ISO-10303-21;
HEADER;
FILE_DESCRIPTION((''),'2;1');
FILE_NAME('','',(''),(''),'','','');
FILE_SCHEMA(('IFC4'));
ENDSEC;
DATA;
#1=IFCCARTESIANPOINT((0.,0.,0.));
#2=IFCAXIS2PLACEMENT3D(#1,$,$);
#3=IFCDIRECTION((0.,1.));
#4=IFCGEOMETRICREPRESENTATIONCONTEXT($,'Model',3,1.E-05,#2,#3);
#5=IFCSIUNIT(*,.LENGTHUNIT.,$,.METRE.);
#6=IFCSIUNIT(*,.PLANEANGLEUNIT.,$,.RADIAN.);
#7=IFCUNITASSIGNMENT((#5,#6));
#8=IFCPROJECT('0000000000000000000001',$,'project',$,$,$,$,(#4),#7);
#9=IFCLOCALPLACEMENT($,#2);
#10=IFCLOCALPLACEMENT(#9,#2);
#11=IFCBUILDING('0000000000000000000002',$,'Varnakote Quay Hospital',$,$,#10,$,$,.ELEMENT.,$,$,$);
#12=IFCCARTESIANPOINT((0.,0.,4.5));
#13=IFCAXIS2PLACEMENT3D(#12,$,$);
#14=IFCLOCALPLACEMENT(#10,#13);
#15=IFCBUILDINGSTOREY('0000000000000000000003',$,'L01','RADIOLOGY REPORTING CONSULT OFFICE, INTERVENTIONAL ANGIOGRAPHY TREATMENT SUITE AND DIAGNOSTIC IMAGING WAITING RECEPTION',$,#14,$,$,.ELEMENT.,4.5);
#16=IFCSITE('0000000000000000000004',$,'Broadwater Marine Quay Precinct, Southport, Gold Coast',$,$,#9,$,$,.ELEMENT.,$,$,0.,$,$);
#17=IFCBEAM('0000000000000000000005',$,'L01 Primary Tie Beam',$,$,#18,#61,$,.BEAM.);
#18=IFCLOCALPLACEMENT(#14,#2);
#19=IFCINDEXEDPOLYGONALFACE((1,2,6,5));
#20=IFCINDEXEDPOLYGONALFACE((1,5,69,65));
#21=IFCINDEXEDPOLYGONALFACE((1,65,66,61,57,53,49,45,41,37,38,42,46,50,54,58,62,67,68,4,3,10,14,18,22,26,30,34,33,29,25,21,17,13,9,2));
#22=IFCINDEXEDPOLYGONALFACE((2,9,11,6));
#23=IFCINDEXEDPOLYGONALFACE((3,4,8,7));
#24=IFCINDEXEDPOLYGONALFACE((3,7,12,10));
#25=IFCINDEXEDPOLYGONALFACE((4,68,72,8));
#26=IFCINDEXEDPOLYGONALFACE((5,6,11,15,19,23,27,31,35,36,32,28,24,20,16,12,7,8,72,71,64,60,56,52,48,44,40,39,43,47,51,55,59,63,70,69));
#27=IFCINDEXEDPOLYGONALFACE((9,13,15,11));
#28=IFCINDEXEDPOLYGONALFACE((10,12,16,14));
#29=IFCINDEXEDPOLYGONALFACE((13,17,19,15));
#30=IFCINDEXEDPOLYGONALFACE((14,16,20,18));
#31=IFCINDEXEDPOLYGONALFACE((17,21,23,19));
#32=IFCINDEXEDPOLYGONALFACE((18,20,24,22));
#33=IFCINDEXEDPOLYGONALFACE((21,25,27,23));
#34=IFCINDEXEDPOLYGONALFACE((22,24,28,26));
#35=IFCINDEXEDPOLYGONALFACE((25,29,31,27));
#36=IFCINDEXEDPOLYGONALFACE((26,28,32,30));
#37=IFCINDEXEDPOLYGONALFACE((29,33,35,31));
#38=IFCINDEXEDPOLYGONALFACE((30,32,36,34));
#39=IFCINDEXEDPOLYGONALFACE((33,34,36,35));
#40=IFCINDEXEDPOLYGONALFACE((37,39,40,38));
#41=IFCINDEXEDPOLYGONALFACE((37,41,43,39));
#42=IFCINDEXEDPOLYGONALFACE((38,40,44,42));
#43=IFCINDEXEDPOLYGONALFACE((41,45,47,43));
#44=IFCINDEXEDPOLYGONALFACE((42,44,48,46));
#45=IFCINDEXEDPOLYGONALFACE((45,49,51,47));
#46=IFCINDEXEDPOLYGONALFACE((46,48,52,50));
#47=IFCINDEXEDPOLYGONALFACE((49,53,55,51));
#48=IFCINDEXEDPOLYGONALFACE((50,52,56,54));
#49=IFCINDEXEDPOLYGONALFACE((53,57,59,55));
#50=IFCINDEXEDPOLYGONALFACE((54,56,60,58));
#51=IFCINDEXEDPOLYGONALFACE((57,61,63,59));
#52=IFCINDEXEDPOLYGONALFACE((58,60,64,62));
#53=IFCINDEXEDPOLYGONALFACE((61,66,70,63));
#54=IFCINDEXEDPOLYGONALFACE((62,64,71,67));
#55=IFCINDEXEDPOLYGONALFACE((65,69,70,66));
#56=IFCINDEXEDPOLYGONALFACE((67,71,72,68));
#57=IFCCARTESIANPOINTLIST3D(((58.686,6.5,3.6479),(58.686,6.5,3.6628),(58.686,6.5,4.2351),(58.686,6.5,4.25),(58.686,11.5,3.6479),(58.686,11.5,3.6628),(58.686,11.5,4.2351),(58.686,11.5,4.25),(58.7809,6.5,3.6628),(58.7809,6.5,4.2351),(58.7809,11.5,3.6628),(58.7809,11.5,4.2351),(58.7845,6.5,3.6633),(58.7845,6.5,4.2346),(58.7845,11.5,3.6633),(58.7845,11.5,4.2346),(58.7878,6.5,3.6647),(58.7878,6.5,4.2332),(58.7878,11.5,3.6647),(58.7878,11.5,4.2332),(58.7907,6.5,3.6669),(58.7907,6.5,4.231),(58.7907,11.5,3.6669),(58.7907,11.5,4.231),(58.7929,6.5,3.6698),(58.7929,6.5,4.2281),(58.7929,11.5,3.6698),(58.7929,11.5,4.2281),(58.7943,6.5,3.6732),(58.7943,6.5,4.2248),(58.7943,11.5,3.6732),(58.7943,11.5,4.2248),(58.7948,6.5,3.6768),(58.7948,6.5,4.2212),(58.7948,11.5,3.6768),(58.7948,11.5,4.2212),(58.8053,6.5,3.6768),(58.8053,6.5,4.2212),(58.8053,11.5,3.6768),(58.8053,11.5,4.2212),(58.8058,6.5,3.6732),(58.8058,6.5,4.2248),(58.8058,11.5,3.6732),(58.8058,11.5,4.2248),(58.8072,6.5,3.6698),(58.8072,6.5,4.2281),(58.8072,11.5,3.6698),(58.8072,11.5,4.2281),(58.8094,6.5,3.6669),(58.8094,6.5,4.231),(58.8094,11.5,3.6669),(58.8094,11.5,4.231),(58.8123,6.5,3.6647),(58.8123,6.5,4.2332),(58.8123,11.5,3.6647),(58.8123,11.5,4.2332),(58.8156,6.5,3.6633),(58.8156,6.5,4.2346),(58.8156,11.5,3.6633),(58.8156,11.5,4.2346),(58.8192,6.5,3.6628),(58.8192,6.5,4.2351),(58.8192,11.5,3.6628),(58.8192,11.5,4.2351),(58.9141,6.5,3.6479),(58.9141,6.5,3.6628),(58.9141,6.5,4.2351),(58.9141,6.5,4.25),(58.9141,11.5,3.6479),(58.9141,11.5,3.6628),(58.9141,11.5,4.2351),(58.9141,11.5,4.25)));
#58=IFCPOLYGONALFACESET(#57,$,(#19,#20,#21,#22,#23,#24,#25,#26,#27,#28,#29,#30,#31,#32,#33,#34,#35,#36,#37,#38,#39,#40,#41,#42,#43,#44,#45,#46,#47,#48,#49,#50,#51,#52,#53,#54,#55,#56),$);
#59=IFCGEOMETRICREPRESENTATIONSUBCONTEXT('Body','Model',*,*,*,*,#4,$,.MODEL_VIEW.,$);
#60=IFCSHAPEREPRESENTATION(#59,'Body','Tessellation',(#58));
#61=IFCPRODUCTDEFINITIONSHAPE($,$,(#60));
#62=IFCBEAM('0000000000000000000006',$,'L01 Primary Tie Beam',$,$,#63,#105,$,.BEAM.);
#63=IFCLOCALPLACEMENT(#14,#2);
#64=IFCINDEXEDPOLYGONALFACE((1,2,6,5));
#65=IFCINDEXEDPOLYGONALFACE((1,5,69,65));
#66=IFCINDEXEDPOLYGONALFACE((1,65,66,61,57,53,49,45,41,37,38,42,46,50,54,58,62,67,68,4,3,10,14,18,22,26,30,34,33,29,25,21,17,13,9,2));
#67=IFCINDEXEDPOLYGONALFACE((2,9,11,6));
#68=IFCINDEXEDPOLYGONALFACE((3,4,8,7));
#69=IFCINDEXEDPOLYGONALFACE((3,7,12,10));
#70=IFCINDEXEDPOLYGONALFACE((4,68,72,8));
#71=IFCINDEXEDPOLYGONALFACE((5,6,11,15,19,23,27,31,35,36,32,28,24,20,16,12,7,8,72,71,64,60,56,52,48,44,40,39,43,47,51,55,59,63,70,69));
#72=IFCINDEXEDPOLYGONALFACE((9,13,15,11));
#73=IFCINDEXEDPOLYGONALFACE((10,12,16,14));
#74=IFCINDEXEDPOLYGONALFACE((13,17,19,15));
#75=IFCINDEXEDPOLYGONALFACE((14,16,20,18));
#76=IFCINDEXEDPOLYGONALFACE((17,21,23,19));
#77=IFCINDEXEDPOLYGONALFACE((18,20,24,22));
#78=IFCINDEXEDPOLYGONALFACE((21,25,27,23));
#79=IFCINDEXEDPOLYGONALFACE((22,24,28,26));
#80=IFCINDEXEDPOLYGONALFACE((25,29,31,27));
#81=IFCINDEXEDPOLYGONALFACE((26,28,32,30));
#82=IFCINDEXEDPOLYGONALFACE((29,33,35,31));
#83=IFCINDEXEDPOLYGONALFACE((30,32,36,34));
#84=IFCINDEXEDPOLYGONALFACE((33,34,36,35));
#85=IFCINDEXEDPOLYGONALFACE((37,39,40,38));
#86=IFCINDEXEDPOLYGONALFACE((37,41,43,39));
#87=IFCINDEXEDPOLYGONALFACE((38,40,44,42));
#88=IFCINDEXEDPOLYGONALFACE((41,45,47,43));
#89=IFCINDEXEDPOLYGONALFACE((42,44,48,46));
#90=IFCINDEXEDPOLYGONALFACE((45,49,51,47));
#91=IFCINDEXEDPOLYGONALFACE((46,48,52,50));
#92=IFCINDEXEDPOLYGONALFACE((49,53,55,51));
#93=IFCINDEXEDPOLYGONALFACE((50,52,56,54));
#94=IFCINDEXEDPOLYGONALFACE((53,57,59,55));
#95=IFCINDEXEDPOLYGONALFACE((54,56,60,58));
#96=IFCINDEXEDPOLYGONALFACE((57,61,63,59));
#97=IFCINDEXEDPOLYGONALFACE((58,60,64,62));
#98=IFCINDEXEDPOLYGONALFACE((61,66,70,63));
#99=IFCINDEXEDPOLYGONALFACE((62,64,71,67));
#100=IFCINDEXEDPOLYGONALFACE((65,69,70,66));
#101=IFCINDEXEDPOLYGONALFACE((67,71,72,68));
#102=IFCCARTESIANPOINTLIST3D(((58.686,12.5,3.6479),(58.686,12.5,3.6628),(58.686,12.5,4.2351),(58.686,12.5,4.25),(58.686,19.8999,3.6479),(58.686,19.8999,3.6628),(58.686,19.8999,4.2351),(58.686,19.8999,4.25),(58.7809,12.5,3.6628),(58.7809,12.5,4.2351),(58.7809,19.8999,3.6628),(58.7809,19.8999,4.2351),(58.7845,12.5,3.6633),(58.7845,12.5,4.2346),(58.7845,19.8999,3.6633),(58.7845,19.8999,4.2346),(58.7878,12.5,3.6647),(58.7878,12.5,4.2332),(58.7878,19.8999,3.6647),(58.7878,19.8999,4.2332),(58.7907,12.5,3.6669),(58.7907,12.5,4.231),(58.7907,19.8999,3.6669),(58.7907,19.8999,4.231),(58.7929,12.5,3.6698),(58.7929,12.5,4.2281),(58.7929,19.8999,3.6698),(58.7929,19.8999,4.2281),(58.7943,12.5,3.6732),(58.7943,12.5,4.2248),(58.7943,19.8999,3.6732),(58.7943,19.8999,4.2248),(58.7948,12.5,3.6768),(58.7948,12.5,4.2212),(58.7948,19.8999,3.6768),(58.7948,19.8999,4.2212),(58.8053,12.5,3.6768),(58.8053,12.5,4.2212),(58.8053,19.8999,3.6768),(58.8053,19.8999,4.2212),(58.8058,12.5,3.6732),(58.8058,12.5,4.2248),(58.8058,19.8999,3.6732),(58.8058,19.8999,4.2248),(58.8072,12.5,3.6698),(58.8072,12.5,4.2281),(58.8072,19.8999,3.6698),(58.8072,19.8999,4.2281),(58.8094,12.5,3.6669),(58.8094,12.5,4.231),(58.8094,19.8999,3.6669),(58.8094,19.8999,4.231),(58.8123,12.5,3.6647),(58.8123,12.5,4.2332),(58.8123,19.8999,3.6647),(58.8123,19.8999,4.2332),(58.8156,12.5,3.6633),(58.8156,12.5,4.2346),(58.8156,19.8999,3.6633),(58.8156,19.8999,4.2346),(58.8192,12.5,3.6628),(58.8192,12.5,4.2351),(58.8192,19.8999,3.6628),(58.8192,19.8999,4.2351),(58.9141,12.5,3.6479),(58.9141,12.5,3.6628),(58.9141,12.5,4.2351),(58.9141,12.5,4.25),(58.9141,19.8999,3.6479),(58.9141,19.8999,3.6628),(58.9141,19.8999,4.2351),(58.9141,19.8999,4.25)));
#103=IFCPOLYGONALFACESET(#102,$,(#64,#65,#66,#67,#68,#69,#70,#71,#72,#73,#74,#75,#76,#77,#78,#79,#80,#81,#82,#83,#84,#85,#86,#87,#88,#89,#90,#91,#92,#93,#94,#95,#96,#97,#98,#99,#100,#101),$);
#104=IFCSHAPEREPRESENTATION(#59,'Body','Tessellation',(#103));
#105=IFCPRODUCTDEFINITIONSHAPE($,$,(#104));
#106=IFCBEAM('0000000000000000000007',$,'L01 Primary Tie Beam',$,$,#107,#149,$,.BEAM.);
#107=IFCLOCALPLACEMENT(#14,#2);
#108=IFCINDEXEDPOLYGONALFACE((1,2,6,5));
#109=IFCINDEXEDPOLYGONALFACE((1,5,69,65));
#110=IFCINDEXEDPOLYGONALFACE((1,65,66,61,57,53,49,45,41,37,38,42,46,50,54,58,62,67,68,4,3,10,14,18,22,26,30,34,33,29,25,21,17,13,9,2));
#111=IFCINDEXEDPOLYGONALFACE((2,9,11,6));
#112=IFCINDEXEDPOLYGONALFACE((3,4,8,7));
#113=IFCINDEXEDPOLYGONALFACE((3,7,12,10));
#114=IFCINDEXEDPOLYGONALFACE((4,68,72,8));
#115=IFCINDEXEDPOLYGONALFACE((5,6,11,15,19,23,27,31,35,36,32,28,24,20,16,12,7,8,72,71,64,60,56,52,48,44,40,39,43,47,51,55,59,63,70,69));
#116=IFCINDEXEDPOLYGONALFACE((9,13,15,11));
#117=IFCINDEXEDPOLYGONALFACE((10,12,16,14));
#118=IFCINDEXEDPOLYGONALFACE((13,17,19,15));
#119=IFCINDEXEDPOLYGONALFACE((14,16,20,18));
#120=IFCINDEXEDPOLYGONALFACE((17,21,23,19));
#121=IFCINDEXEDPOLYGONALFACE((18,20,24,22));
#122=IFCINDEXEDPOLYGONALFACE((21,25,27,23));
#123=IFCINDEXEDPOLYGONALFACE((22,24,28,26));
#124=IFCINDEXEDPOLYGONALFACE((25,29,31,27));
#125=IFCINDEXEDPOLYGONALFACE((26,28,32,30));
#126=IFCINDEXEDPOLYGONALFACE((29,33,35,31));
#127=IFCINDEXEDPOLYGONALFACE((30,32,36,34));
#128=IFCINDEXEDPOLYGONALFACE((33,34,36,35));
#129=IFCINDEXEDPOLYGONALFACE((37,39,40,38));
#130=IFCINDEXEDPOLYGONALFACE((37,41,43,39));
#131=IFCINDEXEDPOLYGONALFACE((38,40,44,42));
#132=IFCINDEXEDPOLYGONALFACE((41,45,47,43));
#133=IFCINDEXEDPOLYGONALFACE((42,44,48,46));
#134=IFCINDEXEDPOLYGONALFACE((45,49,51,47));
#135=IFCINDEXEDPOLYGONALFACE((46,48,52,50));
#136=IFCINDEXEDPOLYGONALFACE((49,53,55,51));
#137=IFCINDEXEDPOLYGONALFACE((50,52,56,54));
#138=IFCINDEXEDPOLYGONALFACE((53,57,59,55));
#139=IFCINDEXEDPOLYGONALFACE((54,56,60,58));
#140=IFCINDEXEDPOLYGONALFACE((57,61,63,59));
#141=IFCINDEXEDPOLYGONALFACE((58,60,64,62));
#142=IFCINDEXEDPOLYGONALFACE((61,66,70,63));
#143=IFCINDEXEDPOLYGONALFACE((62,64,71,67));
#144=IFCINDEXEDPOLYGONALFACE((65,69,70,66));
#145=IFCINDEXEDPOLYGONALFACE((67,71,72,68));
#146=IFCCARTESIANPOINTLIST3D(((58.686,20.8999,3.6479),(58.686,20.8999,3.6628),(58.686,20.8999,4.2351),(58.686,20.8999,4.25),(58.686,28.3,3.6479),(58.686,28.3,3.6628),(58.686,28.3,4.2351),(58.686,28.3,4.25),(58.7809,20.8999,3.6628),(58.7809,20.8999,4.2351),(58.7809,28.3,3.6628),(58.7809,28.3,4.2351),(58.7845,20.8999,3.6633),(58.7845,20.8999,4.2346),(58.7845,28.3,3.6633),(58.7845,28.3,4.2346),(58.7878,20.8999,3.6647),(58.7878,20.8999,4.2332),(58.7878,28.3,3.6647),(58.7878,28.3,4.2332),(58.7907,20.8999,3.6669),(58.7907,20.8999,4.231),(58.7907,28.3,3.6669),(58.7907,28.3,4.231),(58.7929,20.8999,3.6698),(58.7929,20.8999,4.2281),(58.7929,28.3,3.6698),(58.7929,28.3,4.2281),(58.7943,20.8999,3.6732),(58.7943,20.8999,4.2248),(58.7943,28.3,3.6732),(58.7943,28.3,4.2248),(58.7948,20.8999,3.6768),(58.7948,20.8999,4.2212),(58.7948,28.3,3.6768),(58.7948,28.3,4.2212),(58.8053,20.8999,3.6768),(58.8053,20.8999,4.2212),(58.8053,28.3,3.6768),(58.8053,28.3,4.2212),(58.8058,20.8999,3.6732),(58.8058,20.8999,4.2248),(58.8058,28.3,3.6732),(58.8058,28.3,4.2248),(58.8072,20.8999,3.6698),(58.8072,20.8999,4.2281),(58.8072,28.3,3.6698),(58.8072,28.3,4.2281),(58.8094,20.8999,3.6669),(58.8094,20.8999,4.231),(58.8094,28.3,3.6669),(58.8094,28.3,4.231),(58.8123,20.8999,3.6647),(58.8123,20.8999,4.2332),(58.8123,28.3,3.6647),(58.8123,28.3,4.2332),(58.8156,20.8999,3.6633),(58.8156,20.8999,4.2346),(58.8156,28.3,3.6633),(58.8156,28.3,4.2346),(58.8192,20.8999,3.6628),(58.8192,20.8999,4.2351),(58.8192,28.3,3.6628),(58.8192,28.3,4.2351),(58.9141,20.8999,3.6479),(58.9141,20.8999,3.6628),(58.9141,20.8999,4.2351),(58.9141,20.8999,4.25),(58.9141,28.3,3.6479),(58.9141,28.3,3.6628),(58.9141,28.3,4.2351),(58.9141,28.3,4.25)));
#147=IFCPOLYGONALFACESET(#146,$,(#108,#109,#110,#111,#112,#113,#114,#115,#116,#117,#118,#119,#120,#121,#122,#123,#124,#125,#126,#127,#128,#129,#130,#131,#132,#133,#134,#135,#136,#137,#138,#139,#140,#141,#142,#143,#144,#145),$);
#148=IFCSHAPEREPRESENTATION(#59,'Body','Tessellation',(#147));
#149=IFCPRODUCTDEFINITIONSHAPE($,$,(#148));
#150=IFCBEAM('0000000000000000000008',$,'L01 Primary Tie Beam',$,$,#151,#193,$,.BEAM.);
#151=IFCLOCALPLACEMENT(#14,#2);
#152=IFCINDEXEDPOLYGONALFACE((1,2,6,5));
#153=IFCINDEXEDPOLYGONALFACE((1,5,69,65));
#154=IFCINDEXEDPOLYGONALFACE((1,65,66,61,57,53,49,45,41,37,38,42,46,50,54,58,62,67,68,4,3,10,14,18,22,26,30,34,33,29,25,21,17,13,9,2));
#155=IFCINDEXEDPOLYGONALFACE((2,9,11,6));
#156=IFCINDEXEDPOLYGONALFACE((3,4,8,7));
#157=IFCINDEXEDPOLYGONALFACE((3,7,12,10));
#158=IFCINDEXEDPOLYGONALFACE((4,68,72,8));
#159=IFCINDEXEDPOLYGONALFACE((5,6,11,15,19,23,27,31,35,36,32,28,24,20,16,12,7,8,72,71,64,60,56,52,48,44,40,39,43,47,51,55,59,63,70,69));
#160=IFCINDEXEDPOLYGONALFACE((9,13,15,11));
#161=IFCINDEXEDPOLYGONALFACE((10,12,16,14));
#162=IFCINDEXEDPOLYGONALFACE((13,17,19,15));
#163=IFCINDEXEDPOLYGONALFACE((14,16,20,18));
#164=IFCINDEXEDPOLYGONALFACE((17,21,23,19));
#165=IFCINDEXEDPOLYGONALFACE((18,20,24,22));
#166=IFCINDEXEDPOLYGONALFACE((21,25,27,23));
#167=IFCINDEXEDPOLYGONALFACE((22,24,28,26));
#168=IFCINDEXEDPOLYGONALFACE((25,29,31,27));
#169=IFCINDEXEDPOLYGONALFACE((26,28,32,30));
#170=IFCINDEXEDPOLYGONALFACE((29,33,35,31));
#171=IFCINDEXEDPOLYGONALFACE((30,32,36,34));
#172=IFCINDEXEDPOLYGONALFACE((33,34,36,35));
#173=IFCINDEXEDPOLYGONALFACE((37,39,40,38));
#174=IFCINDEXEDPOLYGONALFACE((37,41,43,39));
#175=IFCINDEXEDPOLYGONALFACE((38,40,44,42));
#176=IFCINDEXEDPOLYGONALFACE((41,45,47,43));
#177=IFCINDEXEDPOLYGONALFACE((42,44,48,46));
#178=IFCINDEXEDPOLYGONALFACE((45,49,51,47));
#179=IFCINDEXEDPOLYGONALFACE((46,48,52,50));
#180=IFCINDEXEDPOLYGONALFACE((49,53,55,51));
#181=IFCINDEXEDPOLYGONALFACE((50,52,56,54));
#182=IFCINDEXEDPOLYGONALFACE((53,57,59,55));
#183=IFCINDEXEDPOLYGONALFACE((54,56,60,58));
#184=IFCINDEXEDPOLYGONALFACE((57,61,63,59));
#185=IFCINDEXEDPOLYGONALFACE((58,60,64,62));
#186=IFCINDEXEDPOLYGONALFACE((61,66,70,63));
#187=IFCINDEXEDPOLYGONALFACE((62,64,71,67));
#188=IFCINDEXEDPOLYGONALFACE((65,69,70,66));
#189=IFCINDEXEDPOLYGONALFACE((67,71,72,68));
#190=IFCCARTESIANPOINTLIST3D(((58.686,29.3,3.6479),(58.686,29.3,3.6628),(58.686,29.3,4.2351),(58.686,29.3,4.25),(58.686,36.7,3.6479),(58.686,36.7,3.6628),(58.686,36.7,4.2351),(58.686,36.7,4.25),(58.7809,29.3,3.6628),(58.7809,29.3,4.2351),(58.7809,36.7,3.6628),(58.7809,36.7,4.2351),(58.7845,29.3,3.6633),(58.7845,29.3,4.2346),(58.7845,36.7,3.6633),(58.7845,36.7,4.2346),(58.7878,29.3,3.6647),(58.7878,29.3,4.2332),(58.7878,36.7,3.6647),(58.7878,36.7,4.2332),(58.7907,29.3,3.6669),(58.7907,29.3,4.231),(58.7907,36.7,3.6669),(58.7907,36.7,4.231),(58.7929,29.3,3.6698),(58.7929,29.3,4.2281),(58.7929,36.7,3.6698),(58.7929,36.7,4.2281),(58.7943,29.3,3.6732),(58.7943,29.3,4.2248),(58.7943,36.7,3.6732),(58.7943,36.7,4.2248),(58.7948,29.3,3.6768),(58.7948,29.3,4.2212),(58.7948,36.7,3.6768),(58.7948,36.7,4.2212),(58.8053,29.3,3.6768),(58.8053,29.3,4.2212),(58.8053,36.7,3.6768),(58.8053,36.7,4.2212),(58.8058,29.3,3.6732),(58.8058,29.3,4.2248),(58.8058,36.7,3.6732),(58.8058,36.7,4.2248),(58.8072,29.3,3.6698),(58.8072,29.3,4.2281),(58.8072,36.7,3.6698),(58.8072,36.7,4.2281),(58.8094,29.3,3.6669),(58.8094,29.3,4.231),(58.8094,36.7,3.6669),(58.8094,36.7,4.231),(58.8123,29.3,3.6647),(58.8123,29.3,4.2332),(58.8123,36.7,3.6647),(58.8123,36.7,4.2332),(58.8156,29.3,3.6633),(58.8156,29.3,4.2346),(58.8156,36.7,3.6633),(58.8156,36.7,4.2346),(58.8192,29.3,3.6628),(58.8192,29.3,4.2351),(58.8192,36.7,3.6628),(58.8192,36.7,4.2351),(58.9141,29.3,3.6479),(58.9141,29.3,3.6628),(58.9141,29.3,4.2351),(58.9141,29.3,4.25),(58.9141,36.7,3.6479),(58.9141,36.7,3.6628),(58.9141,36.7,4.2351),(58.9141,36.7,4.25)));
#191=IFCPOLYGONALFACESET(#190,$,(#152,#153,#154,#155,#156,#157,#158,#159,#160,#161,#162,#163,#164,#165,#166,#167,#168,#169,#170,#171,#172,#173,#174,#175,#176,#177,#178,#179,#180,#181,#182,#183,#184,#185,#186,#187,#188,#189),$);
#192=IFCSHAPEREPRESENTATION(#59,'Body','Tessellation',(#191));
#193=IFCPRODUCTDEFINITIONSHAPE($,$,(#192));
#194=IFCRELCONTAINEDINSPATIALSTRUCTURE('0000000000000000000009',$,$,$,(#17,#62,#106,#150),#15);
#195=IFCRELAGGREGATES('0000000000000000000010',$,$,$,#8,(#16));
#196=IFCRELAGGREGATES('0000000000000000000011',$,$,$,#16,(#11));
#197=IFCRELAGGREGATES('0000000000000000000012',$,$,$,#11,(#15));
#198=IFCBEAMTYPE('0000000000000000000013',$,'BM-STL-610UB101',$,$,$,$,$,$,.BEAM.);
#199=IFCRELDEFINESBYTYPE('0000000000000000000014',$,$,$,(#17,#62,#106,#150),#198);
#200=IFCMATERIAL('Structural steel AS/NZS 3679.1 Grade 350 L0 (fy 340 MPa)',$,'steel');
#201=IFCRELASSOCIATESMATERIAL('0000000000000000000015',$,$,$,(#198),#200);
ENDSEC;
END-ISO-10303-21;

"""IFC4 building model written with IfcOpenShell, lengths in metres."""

from ifc_helpers import new_model, si_unit, direction, frame, origin, origin_2d, place, context, subcontext, project, spatial, i_section, extrude, material, material_profile, profile_set, type_object, element, save


model = new_model("IFC4")

# Units and contexts
model_context = context("Model", 3, precision=1e-05, world=origin(), true_north=direction((0.0, 1.0)))
body_context = subcontext(model_context, "Body", "Model", "MODEL_VIEW")
ifc_project = project(units=[si_unit("LENGTHUNIT", "METRE"), si_unit("PLANEANGLEUNIT", "RADIAN")], contexts=[model_context])

# Site, building, storey
site_placement = place(None, origin())
site = spatial("IfcSite", under=ifc_project, at=site_placement, Name="Broadwater Marine Quay Precinct, Southport, Gold Coast", CompositionType="ELEMENT", RefElevation=0.0)
building_placement = place(site_placement, origin())
building = spatial("IfcBuilding", under=site, at=building_placement, Name="Varnakote Quay Hospital", CompositionType="ELEMENT")
storey_placement = place(building_placement, frame((0.0, 0.0, 4.5)))
storey = spatial("IfcBuildingStorey", under=building, at=storey_placement, Name="L01", Description="RADIOLOGY REPORTING CONSULT OFFICE, INTERVENTIONAL ANGIOGRAPHY TREATMENT SUITE AND DIAGNOSTIC IMAGING WAITING RECEPTION", CompositionType="ELEMENT", Elevation=4.5)

# Beams
ifc_material_1 = material(Name="Structural steel AS/NZS 3679.1 Grade 350 L0 (fy 340 MPa)", Category="steel")
ifc_material_profile_1 = material_profile(ifc_material_1, i_section(OverallWidth=0.228, OverallDepth=0.6021, WebThickness=0.0105, FlangeThickness=0.0149, FilletRadius=0.0139, at=origin_2d()), Name="610UB101")
ifc_profile_set_1 = profile_set([ifc_material_profile_1], Name="Structural steel AS/NZS 3679.1 Grade 350 L0 (fy 340 MPa)")
beam_type_1 = type_object("IfcBeamType", Name="BM-STL-610UB101", PredefinedType="BEAM", material=ifc_profile_set_1)
beam_1_placement = place(storey_placement, frame((58.8, 6.5, 3.949), z_axis=(0.0, 1.0, 0.0), x_axis=(-1.0, 0.0, 0.0)))
element("IfcBeam", 1, at=beam_1_placement, inside=storey, type_object=beam_type_1, Name="L01 Primary Tie Beam", PredefinedType="BEAM", context=body_context, shape_type="SweptSolid", body=[
    extrude(i_section(OverallWidth=0.228, OverallDepth=0.6021, WebThickness=0.0105, FlangeThickness=0.0149, FilletRadius=0.0139, at=origin_2d()), origin(), (0.0, 0.0, 1.0), 5.0),
])
beam_2_placement = place(storey_placement, frame((58.8, 12.5, 3.949), z_axis=(0.0, 1.0, 0.0), x_axis=(-1.0, 0.0, 0.0)))
element("IfcBeam", 2, at=beam_2_placement, inside=storey, type_object=beam_type_1, Name="L01 Primary Tie Beam", PredefinedType="BEAM", context=body_context, shape_type="SweptSolid", body=[
    extrude(i_section(OverallWidth=0.228, OverallDepth=0.6021, WebThickness=0.0105, FlangeThickness=0.0149, FilletRadius=0.0139, at=origin_2d()), origin(), (0.0, 0.0, 1.0), 7.3999),
])
beam_3_placement = place(storey_placement, frame((58.8, 20.8999, 3.949), z_axis=(0.0, 1.0, 0.0), x_axis=(-1.0, 0.0, 0.0)))
element("IfcBeam", 3, at=beam_3_placement, inside=storey, type_object=beam_type_1, Name="L01 Primary Tie Beam", PredefinedType="BEAM", context=body_context, shape_type="SweptSolid", body=[
    extrude(i_section(OverallWidth=0.228, OverallDepth=0.6021, WebThickness=0.0105, FlangeThickness=0.0149, FilletRadius=0.0139, at=origin_2d()), origin(), (0.0, 0.0, 1.0), 7.4001),
])
beam_4_placement = place(storey_placement, frame((58.8, 29.3, 3.949), z_axis=(0.0, 1.0, 0.0), x_axis=(-1.0, 0.0, 0.0)))
element("IfcBeam", 4, at=beam_4_placement, inside=storey, type_object=beam_type_1, Name="L01 Primary Tie Beam", PredefinedType="BEAM", context=body_context, shape_type="SweptSolid", body=[
    extrude(i_section(OverallWidth=0.228, OverallDepth=0.6021, WebThickness=0.0105, FlangeThickness=0.0149, FilletRadius=0.0139, at=origin_2d()), origin(), (0.0, 0.0, 1.0), 7.3999),
])

save(model, "model.ifc")
